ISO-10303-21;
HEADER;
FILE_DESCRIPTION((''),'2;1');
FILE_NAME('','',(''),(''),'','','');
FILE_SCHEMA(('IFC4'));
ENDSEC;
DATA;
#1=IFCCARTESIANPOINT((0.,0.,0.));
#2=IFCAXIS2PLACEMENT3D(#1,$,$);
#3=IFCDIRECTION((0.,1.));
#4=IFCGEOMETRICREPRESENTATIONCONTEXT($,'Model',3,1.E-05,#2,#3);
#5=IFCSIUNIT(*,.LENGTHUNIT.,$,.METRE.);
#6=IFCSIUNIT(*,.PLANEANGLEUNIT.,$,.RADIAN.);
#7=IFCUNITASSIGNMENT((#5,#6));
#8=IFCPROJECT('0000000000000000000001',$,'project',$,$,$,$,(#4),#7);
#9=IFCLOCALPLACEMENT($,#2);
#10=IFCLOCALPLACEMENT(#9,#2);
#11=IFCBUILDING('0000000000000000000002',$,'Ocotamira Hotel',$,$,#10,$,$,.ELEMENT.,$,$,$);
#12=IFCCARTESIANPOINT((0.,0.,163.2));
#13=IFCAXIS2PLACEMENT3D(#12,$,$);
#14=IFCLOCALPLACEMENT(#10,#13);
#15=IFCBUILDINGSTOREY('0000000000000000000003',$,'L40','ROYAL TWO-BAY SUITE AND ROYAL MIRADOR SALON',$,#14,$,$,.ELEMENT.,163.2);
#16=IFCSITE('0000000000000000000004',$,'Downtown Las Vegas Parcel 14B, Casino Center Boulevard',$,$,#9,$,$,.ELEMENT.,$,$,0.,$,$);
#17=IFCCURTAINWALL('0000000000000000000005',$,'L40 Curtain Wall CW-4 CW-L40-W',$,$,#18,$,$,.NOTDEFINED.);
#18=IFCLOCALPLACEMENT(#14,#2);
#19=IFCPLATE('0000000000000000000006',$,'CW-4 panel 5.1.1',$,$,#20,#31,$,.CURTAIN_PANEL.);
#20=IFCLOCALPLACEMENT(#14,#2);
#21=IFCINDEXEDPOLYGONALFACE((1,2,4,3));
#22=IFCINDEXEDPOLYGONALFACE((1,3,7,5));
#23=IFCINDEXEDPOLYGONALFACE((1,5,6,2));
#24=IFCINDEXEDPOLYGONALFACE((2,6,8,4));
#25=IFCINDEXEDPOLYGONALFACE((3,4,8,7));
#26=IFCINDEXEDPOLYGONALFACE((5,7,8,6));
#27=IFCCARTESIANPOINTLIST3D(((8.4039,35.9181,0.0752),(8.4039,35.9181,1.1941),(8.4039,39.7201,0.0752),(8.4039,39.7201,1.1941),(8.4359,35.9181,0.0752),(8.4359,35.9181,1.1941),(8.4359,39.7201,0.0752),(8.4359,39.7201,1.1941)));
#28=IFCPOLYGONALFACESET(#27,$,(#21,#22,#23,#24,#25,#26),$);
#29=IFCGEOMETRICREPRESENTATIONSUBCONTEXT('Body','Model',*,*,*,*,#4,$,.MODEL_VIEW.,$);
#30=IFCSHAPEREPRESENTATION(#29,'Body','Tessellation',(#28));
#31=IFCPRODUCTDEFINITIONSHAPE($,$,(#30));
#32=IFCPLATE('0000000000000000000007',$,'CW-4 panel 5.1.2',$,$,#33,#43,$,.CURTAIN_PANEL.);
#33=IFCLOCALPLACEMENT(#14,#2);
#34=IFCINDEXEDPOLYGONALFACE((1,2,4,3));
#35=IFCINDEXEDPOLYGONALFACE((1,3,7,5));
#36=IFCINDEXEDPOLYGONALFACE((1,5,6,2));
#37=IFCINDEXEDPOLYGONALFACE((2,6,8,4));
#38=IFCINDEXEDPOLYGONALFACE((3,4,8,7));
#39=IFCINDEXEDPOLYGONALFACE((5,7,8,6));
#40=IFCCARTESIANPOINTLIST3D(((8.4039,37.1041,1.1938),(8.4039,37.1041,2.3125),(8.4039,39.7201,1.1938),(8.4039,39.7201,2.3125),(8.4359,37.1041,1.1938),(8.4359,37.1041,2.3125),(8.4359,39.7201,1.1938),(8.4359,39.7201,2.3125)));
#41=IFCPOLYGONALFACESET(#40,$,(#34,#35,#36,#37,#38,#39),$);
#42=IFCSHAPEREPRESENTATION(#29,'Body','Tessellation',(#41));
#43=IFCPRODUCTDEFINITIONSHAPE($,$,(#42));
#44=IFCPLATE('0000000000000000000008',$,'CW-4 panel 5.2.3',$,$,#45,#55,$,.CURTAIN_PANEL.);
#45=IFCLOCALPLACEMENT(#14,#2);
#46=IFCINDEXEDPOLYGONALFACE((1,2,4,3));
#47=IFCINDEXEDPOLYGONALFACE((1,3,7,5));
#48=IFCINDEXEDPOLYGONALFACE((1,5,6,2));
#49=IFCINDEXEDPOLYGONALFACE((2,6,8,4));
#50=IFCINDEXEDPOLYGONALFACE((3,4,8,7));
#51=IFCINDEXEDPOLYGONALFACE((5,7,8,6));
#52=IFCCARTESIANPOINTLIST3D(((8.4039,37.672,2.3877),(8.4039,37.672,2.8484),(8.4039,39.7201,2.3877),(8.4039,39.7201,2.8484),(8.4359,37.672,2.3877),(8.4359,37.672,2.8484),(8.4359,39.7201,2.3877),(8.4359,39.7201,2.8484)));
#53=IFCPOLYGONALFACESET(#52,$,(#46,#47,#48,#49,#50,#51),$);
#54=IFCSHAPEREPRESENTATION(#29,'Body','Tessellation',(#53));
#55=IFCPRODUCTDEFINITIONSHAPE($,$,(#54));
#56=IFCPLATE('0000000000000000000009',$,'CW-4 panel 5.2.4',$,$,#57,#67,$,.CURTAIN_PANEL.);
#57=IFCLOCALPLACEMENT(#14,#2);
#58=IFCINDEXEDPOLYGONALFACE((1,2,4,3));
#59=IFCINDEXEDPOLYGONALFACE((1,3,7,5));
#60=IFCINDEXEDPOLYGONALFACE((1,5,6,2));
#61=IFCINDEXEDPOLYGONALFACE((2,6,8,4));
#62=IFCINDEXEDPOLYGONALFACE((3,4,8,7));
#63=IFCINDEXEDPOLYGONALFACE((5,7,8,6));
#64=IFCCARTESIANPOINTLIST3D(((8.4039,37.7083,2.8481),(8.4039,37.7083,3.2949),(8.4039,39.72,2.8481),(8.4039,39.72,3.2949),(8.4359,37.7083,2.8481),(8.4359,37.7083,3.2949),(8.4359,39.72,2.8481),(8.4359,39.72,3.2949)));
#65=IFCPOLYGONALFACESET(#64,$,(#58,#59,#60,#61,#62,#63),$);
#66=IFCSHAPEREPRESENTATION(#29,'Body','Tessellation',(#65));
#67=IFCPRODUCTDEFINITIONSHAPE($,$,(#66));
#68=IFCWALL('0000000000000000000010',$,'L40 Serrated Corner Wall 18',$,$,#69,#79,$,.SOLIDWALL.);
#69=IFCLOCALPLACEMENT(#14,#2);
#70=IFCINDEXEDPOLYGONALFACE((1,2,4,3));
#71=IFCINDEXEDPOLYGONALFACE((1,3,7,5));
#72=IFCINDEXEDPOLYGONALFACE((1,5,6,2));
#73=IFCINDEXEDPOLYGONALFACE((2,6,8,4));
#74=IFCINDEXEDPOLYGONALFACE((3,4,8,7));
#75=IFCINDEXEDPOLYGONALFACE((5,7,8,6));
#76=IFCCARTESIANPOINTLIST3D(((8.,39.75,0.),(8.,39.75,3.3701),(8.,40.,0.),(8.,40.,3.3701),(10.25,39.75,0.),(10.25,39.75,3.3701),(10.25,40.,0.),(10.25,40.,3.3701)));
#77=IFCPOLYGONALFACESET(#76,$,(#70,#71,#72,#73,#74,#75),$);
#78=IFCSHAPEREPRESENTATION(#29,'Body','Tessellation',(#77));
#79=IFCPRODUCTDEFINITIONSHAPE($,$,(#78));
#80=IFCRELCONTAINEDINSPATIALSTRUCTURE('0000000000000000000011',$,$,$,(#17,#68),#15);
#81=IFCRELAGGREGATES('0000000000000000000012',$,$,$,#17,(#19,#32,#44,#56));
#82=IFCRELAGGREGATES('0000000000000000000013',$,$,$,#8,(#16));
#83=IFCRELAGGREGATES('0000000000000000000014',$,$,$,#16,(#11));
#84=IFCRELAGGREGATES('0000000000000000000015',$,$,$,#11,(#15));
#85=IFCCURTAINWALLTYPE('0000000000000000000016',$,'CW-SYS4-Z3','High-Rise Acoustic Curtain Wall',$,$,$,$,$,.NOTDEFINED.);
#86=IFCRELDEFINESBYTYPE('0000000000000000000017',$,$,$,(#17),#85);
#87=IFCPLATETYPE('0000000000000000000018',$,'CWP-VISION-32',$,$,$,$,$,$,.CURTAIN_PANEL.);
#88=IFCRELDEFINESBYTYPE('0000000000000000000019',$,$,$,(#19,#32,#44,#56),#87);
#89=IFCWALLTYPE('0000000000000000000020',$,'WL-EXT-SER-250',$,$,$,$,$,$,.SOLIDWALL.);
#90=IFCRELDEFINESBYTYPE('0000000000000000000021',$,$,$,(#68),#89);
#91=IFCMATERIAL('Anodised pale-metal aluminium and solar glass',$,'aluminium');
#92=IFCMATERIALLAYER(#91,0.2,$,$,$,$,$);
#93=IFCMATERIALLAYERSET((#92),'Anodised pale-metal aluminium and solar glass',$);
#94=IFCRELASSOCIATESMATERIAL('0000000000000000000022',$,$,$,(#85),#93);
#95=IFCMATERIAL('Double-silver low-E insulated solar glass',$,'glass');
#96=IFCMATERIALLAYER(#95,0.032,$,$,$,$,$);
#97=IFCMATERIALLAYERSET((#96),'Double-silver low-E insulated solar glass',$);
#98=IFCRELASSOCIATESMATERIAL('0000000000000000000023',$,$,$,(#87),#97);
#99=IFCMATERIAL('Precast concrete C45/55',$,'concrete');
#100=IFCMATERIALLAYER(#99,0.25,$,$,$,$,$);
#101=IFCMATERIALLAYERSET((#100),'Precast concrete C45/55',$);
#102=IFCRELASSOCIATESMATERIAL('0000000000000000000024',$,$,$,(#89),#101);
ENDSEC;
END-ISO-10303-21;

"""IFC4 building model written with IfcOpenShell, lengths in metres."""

from ifc_helpers import new_model, si_unit, direction, frame, frame_2d, origin, origin_2d, place, context, subcontext, project, spatial, rectangle, extrude, source, transform, mapped, material, layer, layer_set, type_object, element, aggregate, save


model = new_model("IFC4")

# Units and contexts
model_context = context("Model", 3, precision=1e-05, world=origin(), true_north=direction((0.0, 1.0)))
body_context = subcontext(model_context, "Body", "Model", "MODEL_VIEW")
ifc_project = project(units=[si_unit("LENGTHUNIT", "METRE"), si_unit("PLANEANGLEUNIT", "RADIAN")], contexts=[model_context])

# Site, building, storey
site_placement = place(None, origin())
site = spatial("IfcSite", under=ifc_project, at=site_placement, Name="Downtown Las Vegas Parcel 14B, Casino Center Boulevard", CompositionType="ELEMENT", RefElevation=0.0)
building_placement = place(site_placement, origin())
building = spatial("IfcBuilding", under=site, at=building_placement, Name="Ocotamira Hotel", CompositionType="ELEMENT")
storey_placement = place(building_placement, frame((0.0, 0.0, 163.2)))
storey = spatial("IfcBuildingStorey", under=building, at=storey_placement, Name="L40", Description="ROYAL TWO-BAY SUITE AND ROYAL MIRADOR SALON", CompositionType="ELEMENT", Elevation=163.2)

# Curtain wall
ifc_material_1 = material(Name="Anodised pale-metal aluminium and solar glass", Category="aluminium")
ifc_layer_1 = layer(ifc_material_1, 0.2)
ifc_layer_set_1 = layer_set([ifc_layer_1], Name="Anodised pale-metal aluminium and solar glass")
curtain_wall_type = type_object("IfcCurtainWallType", Name="CW-SYS4-Z3", Description="High-Rise Acoustic Curtain Wall", PredefinedType="NOTDEFINED", material=ifc_layer_set_1)
curtain_wall_placement = place(storey_placement, origin())
curtain_wall = element("IfcCurtainWall", 1, at=curtain_wall_placement, inside=storey, type_object=curtain_wall_type, Name="L40 Curtain Wall CW-4 CW-L40-W", PredefinedType="NOTDEFINED")

# Plates
ifc_material_2 = material(Name="Double-silver low-E insulated solar glass", Category="glass")
ifc_layer_2 = layer(ifc_material_2, 0.032)
ifc_layer_set_2 = layer_set([ifc_layer_2], Name="Double-silver low-E insulated solar glass")
plate_type_1 = type_object("IfcPlateType", Name="CWP-VISION-32", PredefinedType="CURTAIN_PANEL", material=ifc_layer_set_2)
shared_shape_1 = source(origin(), body_context, "Body", "SweptSolid", [
    extrude(rectangle(XDim=3.802, YDim=0.032, at=origin_2d()), origin(), (0.0, 0.0, 1.0), 1.1189),
])
plate_1_placement = place(storey_placement, frame((8.4199, 37.8191, 0.0752), z_axis=(0.0, 0.0, 1.0), x_axis=(0.0, 1.0, 0.0)))
plate_1 = element("IfcPlate", 2, at=plate_1_placement, type_object=plate_type_1, Name="CW-4 panel 5.1.1", PredefinedType="CURTAIN_PANEL", context=body_context, shape_type="MappedRepresentation", body=[
    mapped(shared_shape_1, transform((0.0, 0.0, 0.0), scale=1.0)),
])
shared_shape_2 = source(origin(), body_context, "Body", "SweptSolid", [
    extrude(rectangle(XDim=2.616, YDim=0.032, at=origin_2d()), origin(), (0.0, 0.0, 1.0), 1.1187),
])
plate_2_placement = place(storey_placement, frame((8.4199, 38.4121, 1.1938), z_axis=(0.0, 0.0, 1.0), x_axis=(0.0, 1.0, 0.0)))
plate_2 = element("IfcPlate", 3, at=plate_2_placement, type_object=plate_type_1, Name="CW-4 panel 5.1.2", PredefinedType="CURTAIN_PANEL", context=body_context, shape_type="MappedRepresentation", body=[
    mapped(shared_shape_2, transform((0.0, 0.0, 0.0), scale=1.0)),
])
shared_shape_3 = source(origin(), body_context, "Body", "SweptSolid", [
    extrude(rectangle(XDim=2.0481, YDim=0.032, at=origin_2d()), origin(), (0.0, 0.0, 1.0), 0.4607),
])
plate_3_placement = place(storey_placement, frame((8.4199, 38.696, 2.3877), z_axis=(0.0, 0.0, 1.0), x_axis=(0.0, 1.0, 0.0)))
plate_3 = element("IfcPlate", 4, at=plate_3_placement, type_object=plate_type_1, Name="CW-4 panel 5.2.3", PredefinedType="CURTAIN_PANEL", context=body_context, shape_type="MappedRepresentation", body=[
    mapped(shared_shape_3, transform((0.0, 0.0, 0.0), scale=1.0)),
])
shared_shape_4 = source(origin(), body_context, "Body", "SweptSolid", [
    extrude(rectangle(XDim=2.0117, YDim=0.032, at=origin_2d()), origin(), (0.0, 0.0, 1.0), 0.4468),
])
plate_4_placement = place(storey_placement, frame((8.4199, 38.7141, 2.8481), z_axis=(0.0, 0.0, 1.0), x_axis=(0.0, 1.0, 0.0)))
plate_4 = element("IfcPlate", 5, at=plate_4_placement, type_object=plate_type_1, Name="CW-4 panel 5.2.4", PredefinedType="CURTAIN_PANEL", context=body_context, shape_type="MappedRepresentation", body=[
    mapped(shared_shape_4, transform((0.0, 0.0, 0.0), scale=1.0)),
])
aggregate(curtain_wall, [plate_1, plate_2, plate_3, plate_4])

# Wall
ifc_material_3 = material(Name="Precast concrete C45/55", Category="concrete")
ifc_layer_3 = layer(ifc_material_3, 0.25)
ifc_layer_set_3 = layer_set([ifc_layer_3], Name="Precast concrete C45/55")
wall_type_1 = type_object("IfcWallType", Name="WL-EXT-SER-250", PredefinedType="SOLIDWALL", material=ifc_layer_set_3)
wall_1_placement = place(storey_placement, frame((10.25, 39.875, 0.0), z_axis=(0.0, 0.0, 1.0), x_axis=(-1.0, 0.0, 0.0)))
element("IfcWall", 6, at=wall_1_placement, inside=storey, type_object=wall_type_1, Name="L40 Serrated Corner Wall 18", PredefinedType="SOLIDWALL", context=body_context, shape_type="SweptSolid", body=[
    extrude(rectangle(XDim=2.25, YDim=0.25, at=frame_2d((1.125, 0.0))), origin(), (0.0, 0.0, 1.0), 3.3701),
])

save(model, "model.ifc")
